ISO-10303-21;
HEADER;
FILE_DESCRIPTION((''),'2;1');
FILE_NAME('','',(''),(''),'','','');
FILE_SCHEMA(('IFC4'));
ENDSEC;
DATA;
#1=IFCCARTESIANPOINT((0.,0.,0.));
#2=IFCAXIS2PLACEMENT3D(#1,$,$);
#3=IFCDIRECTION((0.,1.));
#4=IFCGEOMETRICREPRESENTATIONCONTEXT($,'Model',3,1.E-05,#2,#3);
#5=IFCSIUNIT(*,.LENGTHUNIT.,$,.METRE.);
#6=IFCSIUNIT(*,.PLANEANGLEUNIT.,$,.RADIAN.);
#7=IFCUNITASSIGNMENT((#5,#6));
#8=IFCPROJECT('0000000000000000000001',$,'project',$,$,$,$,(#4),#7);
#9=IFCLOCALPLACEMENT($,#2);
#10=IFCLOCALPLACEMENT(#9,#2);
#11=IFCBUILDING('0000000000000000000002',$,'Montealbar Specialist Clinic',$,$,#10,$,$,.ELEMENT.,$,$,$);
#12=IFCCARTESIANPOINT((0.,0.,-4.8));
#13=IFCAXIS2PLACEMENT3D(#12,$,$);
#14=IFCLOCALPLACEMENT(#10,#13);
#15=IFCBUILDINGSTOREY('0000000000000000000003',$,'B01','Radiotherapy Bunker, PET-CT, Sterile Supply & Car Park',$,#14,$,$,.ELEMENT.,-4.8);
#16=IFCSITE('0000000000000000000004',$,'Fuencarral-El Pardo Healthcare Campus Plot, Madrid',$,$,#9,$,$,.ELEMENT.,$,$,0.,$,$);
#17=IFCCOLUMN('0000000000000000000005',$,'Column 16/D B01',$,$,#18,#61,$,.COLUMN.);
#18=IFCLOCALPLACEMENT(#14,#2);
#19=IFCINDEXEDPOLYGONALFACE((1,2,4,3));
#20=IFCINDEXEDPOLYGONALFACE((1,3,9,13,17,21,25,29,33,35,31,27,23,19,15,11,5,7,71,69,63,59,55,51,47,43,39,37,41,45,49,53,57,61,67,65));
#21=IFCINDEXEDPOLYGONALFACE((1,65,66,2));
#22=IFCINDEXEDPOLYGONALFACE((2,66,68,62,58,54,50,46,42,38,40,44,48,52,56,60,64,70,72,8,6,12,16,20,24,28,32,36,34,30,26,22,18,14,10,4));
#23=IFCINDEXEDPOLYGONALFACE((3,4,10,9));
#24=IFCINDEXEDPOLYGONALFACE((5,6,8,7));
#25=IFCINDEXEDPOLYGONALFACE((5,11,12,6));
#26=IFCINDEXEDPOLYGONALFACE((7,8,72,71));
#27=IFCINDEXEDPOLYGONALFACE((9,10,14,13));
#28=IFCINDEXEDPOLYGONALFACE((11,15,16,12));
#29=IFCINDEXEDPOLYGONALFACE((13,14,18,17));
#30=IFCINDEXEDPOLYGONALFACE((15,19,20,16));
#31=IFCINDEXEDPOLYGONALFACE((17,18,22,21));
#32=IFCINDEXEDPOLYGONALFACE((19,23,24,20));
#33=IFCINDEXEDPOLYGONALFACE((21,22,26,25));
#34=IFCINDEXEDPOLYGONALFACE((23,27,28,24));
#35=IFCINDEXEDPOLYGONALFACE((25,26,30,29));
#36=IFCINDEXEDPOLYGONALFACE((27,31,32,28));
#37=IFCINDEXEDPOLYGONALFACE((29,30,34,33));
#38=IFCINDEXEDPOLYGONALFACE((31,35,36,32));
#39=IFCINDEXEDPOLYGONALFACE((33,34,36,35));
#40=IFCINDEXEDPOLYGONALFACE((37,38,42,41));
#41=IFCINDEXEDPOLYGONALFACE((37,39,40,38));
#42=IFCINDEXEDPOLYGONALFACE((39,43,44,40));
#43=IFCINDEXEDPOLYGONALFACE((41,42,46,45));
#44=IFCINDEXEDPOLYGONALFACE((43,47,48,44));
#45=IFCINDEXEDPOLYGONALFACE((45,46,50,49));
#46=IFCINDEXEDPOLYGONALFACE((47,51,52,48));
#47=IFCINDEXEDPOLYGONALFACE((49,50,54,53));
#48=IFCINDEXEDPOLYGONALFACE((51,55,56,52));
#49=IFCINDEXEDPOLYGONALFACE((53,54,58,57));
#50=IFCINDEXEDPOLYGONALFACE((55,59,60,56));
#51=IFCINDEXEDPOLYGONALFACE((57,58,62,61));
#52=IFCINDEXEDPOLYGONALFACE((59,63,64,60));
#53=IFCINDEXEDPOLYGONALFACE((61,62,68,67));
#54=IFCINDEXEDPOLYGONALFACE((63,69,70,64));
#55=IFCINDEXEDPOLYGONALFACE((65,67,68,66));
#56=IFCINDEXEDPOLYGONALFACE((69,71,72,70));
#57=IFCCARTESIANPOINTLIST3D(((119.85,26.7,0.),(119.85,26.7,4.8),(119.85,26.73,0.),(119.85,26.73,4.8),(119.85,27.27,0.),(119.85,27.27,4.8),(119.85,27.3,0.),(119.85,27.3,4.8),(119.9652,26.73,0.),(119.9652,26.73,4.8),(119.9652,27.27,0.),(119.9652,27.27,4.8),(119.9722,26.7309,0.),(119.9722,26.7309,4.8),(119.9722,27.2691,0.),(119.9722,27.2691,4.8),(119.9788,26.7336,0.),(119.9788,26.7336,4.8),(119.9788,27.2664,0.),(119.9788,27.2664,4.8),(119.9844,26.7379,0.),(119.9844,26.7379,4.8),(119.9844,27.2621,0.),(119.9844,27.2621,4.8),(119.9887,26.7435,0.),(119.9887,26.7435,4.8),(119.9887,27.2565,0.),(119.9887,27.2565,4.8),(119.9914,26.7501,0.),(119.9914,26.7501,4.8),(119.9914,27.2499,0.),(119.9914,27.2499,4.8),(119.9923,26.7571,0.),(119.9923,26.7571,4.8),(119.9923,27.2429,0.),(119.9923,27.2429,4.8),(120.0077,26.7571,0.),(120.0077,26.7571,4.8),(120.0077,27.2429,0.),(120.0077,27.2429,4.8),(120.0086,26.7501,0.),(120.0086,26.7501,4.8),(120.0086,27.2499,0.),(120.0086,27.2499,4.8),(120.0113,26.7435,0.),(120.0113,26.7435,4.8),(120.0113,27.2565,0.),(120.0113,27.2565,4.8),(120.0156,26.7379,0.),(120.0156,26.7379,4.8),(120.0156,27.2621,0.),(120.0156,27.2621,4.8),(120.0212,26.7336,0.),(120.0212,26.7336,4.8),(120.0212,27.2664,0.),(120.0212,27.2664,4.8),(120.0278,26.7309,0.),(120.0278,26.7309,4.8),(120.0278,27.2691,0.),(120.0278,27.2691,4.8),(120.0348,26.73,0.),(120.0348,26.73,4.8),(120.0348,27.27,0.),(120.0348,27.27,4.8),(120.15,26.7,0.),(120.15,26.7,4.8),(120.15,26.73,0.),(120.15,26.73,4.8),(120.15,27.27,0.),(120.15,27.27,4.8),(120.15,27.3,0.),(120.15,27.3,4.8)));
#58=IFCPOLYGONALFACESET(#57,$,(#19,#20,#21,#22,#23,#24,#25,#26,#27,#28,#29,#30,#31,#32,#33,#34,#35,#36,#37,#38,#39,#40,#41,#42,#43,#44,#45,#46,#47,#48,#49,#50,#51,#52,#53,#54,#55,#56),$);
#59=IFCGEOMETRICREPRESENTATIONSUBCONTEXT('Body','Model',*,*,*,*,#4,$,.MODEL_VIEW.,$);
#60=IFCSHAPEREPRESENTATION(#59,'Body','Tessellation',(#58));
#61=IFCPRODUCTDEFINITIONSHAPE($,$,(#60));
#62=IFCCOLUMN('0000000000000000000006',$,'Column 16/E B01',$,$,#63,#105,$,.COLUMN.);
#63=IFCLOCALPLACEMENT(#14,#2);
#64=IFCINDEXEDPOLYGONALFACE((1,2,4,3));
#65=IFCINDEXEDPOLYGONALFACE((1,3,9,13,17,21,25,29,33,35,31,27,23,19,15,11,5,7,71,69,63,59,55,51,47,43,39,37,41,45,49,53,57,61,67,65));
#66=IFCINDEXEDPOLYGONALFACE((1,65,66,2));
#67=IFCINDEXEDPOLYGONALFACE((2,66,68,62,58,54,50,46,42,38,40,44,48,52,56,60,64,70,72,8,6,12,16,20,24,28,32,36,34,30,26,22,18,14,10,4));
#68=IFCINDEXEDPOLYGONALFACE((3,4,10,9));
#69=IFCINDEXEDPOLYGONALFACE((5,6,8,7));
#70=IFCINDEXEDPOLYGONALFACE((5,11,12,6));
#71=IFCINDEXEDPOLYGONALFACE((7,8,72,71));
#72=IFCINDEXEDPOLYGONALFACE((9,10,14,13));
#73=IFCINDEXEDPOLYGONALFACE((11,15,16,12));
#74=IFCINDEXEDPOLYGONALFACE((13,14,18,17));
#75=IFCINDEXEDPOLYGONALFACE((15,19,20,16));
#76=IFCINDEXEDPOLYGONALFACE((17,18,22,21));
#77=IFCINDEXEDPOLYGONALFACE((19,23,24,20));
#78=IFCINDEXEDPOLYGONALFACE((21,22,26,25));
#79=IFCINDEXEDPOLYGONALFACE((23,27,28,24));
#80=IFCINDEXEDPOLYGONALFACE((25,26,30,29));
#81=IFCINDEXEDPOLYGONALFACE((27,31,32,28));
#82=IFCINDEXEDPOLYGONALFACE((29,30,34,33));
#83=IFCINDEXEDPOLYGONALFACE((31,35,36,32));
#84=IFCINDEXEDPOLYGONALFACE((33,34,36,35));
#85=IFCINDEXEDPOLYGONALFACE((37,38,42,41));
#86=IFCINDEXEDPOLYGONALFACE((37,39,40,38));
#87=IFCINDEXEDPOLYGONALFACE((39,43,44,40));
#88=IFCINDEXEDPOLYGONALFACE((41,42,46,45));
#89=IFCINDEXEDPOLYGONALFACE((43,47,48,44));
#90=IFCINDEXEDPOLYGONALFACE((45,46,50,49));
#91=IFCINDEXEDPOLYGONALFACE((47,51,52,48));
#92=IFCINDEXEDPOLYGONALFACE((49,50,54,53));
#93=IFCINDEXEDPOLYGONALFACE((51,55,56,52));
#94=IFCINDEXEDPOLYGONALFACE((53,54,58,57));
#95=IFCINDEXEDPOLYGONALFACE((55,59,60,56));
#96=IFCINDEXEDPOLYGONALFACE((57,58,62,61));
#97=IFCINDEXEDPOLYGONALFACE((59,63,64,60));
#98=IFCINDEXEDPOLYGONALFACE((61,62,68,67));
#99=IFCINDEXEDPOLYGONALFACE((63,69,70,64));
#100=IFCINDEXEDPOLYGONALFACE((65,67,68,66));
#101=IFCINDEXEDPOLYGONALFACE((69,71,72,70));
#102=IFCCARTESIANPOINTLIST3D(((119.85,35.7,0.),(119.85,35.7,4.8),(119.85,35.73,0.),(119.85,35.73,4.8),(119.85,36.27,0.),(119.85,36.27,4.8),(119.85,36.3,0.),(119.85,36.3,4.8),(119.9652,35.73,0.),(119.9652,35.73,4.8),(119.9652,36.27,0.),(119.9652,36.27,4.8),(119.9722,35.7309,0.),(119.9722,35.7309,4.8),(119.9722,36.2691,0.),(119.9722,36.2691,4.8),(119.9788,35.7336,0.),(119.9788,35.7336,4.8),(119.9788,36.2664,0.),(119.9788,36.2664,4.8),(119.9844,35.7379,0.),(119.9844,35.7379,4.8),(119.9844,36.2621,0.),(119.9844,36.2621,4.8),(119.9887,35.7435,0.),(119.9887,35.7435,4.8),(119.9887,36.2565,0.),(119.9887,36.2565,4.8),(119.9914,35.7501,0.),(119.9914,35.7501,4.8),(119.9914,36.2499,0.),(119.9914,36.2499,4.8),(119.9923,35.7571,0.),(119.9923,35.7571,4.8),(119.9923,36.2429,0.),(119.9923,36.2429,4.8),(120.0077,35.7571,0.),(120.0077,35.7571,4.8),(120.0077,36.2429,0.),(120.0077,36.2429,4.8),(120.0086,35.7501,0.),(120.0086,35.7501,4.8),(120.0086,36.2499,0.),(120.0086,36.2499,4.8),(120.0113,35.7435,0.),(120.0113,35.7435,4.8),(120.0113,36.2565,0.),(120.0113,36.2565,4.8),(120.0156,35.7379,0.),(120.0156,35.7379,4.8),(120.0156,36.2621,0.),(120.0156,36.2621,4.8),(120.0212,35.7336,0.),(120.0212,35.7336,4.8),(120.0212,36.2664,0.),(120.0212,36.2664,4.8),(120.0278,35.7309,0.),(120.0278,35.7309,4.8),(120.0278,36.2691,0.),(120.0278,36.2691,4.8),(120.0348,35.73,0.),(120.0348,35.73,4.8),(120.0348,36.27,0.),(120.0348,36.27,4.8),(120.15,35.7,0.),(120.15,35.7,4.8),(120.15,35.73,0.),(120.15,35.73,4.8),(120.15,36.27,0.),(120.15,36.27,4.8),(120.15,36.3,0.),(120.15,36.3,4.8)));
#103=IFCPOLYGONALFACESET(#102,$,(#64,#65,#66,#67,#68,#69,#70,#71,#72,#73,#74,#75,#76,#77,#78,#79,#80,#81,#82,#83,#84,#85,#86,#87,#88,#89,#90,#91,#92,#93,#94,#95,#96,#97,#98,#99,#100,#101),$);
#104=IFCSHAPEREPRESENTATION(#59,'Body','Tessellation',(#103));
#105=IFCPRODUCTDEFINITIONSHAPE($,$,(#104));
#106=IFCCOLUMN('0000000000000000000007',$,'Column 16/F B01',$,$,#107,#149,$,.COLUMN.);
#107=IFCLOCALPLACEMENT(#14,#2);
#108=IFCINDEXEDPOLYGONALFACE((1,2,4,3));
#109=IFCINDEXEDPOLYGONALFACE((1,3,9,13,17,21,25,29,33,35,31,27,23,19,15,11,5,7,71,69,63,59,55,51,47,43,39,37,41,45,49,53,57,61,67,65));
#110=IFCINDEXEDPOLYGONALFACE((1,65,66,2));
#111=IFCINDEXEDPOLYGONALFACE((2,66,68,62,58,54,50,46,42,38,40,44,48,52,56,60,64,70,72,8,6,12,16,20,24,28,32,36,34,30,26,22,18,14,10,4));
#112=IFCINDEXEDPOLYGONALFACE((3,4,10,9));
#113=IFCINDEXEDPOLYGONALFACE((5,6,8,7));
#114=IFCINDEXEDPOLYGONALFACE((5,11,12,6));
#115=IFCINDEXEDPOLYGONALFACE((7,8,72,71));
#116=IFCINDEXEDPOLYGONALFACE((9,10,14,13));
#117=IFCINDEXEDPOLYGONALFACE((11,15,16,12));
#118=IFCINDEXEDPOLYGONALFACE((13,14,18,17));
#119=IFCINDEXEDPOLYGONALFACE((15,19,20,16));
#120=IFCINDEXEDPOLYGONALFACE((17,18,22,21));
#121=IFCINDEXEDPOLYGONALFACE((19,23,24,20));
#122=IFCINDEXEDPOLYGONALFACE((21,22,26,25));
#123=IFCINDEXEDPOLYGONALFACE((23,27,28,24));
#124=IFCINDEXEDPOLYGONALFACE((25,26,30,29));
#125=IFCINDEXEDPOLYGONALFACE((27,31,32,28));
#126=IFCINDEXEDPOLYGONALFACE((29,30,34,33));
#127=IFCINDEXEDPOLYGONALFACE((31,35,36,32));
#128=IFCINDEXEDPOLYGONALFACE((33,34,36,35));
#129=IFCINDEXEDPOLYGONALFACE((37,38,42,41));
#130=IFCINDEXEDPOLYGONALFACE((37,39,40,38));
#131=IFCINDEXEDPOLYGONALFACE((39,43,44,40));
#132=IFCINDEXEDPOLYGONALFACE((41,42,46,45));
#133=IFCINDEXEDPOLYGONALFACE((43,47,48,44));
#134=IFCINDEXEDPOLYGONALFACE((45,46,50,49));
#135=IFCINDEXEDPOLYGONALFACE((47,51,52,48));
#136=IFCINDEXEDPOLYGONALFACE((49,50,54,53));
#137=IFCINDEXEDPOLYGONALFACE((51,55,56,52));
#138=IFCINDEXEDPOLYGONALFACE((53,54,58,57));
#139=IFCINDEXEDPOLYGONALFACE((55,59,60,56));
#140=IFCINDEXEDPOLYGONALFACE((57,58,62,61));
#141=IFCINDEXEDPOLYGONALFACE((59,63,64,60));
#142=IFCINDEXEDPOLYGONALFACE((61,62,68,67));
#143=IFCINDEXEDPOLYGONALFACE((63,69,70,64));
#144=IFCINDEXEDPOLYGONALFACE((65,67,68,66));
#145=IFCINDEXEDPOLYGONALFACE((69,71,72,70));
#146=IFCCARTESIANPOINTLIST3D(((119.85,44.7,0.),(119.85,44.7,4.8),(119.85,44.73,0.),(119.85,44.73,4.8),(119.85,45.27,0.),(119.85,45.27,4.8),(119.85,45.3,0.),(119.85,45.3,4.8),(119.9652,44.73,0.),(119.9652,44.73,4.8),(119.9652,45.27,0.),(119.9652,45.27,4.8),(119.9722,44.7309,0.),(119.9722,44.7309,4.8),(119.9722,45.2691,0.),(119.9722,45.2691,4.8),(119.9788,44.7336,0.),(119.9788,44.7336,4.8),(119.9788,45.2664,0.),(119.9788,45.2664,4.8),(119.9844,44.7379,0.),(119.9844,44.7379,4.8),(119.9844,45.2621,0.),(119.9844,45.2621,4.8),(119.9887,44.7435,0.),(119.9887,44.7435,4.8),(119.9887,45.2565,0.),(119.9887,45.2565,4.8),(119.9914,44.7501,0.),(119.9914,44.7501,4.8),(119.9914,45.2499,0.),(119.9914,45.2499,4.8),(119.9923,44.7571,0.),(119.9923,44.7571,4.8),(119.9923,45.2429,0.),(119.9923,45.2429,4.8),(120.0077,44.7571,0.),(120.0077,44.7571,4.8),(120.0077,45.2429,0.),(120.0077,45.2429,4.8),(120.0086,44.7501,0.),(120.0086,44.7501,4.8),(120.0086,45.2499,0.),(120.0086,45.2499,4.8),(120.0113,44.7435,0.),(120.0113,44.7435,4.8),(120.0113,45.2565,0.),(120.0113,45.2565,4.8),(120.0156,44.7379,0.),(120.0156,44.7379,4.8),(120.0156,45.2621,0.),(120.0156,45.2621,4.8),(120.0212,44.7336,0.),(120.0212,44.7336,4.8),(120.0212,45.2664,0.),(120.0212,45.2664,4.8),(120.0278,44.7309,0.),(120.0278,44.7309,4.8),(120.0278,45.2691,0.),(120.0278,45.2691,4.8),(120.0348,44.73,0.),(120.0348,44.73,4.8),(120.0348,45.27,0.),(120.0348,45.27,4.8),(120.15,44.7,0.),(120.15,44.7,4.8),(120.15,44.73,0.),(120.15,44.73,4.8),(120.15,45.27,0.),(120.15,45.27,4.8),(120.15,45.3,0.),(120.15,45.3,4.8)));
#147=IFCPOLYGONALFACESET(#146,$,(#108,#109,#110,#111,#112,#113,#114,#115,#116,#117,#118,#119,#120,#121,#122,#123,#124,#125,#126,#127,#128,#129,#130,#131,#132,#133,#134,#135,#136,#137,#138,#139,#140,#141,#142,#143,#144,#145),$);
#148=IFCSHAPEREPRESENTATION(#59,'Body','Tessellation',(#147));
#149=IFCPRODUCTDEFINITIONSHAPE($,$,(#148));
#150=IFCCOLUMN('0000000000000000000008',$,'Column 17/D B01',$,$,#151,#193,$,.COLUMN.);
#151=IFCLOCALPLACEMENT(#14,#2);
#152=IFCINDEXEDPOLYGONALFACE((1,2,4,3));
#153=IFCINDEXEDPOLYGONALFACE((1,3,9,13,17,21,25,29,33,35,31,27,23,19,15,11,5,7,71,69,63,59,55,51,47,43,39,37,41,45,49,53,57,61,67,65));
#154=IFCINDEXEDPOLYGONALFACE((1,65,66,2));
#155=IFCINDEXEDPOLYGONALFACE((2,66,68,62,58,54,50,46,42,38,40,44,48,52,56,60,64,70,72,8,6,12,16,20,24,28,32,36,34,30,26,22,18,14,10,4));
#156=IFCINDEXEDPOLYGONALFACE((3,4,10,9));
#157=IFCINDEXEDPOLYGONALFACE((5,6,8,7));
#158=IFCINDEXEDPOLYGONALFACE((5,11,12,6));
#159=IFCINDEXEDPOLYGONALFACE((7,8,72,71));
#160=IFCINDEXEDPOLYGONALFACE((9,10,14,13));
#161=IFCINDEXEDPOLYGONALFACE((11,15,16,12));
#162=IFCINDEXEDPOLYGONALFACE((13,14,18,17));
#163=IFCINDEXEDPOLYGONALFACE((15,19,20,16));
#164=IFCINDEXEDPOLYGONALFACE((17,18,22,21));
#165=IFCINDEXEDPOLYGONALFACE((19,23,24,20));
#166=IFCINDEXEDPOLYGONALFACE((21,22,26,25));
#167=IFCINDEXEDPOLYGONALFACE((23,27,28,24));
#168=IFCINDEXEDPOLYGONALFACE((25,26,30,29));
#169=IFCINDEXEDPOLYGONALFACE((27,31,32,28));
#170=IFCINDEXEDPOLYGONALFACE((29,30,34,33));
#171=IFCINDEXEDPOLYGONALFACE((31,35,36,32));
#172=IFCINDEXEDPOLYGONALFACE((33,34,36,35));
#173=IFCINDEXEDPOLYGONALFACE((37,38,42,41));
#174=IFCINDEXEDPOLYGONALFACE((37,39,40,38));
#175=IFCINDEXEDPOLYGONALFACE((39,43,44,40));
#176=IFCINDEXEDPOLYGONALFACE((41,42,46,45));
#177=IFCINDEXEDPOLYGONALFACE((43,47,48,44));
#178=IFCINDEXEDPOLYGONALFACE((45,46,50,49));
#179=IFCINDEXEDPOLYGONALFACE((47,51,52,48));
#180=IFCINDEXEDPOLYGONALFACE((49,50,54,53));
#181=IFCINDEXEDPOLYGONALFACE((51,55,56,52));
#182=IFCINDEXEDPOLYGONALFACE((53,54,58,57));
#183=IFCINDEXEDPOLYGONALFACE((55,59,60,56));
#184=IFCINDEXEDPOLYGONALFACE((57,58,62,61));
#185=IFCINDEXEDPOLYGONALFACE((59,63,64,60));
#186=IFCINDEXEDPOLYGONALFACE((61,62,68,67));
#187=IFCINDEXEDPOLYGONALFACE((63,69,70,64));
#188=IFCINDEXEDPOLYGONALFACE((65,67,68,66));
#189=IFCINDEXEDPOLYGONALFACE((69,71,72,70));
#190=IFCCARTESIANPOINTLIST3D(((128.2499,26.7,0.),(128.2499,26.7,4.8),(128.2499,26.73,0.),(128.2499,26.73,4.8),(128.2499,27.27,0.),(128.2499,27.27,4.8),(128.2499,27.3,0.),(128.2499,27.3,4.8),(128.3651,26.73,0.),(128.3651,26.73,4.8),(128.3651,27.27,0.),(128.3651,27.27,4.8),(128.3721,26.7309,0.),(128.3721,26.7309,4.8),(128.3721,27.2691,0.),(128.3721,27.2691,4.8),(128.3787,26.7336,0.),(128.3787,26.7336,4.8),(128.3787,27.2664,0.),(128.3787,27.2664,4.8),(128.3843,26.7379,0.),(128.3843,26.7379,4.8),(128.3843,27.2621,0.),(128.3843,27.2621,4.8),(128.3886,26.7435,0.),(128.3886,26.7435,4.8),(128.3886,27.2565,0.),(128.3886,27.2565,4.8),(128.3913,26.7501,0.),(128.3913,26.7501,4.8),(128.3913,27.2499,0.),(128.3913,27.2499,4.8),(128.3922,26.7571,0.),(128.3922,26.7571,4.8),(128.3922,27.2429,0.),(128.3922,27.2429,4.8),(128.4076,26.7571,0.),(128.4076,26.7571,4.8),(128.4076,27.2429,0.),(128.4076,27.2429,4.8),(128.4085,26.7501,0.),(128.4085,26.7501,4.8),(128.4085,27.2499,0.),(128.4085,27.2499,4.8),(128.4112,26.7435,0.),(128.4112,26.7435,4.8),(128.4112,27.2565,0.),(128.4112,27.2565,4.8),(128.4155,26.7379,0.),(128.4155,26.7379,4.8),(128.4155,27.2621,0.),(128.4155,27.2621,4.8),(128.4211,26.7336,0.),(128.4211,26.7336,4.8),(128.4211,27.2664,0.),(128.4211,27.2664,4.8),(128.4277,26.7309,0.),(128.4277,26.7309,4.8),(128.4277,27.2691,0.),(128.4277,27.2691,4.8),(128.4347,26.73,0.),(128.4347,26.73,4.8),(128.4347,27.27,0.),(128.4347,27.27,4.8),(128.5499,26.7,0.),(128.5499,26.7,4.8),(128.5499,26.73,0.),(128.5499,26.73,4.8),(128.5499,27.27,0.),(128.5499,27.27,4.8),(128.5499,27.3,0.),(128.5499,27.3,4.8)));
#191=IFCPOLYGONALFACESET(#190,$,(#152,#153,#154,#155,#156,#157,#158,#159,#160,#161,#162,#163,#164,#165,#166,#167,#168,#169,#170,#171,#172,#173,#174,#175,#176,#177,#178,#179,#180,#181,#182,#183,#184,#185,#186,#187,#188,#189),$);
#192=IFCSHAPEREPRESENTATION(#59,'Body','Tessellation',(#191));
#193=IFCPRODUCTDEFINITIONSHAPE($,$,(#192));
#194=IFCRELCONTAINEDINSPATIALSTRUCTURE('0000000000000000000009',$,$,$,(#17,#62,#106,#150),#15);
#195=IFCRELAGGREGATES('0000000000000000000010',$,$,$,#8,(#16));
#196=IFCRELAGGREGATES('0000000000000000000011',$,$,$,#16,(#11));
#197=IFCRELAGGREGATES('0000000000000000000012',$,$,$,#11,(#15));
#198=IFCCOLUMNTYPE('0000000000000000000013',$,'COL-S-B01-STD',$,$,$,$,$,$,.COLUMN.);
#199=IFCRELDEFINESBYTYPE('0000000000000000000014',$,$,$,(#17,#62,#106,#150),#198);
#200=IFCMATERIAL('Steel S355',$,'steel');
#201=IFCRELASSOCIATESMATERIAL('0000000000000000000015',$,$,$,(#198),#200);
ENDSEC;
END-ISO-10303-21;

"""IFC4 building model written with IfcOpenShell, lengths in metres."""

from ifc_helpers import new_model, si_unit, direction, frame, origin, origin_2d, place, context, subcontext, project, spatial, i_section, extrude, material, material_profile, profile_set, type_object, element, save


model = new_model("IFC4")

# Units and contexts
model_context = context("Model", 3, precision=1e-05, world=origin(), true_north=direction((0.0, 1.0)))
body_context = subcontext(model_context, "Body", "Model", "MODEL_VIEW")
ifc_project = project(units=[si_unit("LENGTHUNIT", "METRE"), si_unit("PLANEANGLEUNIT", "RADIAN")], contexts=[model_context])

# Site, building, storey
site_placement = place(None, origin())
site = spatial("IfcSite", under=ifc_project, at=site_placement, Name="Fuencarral-El Pardo Healthcare Campus Plot, Madrid", CompositionType="ELEMENT", RefElevation=0.0)
building_placement = place(site_placement, origin())
building = spatial("IfcBuilding", under=site, at=building_placement, Name="Montealbar Specialist Clinic", CompositionType="ELEMENT")
storey_placement = place(building_placement, frame((0.0, 0.0, -4.8)))
storey = spatial("IfcBuildingStorey", under=building, at=storey_placement, Name="B01", Description="Radiotherapy Bunker, PET-CT, Sterile Supply & Car Park", CompositionType="ELEMENT", Elevation=-4.8)

# Columns
ifc_material_1 = material(Name="Steel S355", Category="steel")
ifc_material_profile_1 = material_profile(ifc_material_1, i_section(OverallWidth=0.3, OverallDepth=0.6001, WebThickness=0.0154, FlangeThickness=0.03, FilletRadius=0.0271, at=origin_2d()), Name="HEB 600", Category="steel")
ifc_profile_set_1 = profile_set([ifc_material_profile_1], Name="Steel S355")
column_type = type_object("IfcColumnType", Name="COL-S-B01-STD", PredefinedType="COLUMN", material=ifc_profile_set_1)
for number, where, z_axis, x_axis, name in (
    (1, (120.0, 27.0, 0.0), (0.0, 0.0, 1.0), (1.0, 0.0, 0.0), "Column 16/D B01"),
    (2, (120.0, 36.0, 0.0), (0.0, 0.0, 1.0), (1.0, 0.0, 0.0), "Column 16/E B01"),
    (3, (120.0, 45.0, 0.0), (0.0, 0.0, 1.0), (1.0, 0.0, 0.0), "Column 16/F B01"),
    (4, (128.3999, 27.0, 0.0), (0.0, 0.0, 1.0), (1.0, 0.0, 0.0), "Column 17/D B01"),
):
    element("IfcColumn", number, at=place(storey_placement, frame(where, z_axis=z_axis, x_axis=x_axis)), inside=storey, type_object=column_type, Name=name, PredefinedType="COLUMN", context=body_context, shape_type="SweptSolid", body=[
        extrude(i_section(OverallWidth=0.3, OverallDepth=0.6001, WebThickness=0.0154, FlangeThickness=0.03, FilletRadius=0.0271, at=origin_2d()), origin(), (0.0, 0.0, 1.0), 4.8),
    ])

save(model, "model.ifc")
